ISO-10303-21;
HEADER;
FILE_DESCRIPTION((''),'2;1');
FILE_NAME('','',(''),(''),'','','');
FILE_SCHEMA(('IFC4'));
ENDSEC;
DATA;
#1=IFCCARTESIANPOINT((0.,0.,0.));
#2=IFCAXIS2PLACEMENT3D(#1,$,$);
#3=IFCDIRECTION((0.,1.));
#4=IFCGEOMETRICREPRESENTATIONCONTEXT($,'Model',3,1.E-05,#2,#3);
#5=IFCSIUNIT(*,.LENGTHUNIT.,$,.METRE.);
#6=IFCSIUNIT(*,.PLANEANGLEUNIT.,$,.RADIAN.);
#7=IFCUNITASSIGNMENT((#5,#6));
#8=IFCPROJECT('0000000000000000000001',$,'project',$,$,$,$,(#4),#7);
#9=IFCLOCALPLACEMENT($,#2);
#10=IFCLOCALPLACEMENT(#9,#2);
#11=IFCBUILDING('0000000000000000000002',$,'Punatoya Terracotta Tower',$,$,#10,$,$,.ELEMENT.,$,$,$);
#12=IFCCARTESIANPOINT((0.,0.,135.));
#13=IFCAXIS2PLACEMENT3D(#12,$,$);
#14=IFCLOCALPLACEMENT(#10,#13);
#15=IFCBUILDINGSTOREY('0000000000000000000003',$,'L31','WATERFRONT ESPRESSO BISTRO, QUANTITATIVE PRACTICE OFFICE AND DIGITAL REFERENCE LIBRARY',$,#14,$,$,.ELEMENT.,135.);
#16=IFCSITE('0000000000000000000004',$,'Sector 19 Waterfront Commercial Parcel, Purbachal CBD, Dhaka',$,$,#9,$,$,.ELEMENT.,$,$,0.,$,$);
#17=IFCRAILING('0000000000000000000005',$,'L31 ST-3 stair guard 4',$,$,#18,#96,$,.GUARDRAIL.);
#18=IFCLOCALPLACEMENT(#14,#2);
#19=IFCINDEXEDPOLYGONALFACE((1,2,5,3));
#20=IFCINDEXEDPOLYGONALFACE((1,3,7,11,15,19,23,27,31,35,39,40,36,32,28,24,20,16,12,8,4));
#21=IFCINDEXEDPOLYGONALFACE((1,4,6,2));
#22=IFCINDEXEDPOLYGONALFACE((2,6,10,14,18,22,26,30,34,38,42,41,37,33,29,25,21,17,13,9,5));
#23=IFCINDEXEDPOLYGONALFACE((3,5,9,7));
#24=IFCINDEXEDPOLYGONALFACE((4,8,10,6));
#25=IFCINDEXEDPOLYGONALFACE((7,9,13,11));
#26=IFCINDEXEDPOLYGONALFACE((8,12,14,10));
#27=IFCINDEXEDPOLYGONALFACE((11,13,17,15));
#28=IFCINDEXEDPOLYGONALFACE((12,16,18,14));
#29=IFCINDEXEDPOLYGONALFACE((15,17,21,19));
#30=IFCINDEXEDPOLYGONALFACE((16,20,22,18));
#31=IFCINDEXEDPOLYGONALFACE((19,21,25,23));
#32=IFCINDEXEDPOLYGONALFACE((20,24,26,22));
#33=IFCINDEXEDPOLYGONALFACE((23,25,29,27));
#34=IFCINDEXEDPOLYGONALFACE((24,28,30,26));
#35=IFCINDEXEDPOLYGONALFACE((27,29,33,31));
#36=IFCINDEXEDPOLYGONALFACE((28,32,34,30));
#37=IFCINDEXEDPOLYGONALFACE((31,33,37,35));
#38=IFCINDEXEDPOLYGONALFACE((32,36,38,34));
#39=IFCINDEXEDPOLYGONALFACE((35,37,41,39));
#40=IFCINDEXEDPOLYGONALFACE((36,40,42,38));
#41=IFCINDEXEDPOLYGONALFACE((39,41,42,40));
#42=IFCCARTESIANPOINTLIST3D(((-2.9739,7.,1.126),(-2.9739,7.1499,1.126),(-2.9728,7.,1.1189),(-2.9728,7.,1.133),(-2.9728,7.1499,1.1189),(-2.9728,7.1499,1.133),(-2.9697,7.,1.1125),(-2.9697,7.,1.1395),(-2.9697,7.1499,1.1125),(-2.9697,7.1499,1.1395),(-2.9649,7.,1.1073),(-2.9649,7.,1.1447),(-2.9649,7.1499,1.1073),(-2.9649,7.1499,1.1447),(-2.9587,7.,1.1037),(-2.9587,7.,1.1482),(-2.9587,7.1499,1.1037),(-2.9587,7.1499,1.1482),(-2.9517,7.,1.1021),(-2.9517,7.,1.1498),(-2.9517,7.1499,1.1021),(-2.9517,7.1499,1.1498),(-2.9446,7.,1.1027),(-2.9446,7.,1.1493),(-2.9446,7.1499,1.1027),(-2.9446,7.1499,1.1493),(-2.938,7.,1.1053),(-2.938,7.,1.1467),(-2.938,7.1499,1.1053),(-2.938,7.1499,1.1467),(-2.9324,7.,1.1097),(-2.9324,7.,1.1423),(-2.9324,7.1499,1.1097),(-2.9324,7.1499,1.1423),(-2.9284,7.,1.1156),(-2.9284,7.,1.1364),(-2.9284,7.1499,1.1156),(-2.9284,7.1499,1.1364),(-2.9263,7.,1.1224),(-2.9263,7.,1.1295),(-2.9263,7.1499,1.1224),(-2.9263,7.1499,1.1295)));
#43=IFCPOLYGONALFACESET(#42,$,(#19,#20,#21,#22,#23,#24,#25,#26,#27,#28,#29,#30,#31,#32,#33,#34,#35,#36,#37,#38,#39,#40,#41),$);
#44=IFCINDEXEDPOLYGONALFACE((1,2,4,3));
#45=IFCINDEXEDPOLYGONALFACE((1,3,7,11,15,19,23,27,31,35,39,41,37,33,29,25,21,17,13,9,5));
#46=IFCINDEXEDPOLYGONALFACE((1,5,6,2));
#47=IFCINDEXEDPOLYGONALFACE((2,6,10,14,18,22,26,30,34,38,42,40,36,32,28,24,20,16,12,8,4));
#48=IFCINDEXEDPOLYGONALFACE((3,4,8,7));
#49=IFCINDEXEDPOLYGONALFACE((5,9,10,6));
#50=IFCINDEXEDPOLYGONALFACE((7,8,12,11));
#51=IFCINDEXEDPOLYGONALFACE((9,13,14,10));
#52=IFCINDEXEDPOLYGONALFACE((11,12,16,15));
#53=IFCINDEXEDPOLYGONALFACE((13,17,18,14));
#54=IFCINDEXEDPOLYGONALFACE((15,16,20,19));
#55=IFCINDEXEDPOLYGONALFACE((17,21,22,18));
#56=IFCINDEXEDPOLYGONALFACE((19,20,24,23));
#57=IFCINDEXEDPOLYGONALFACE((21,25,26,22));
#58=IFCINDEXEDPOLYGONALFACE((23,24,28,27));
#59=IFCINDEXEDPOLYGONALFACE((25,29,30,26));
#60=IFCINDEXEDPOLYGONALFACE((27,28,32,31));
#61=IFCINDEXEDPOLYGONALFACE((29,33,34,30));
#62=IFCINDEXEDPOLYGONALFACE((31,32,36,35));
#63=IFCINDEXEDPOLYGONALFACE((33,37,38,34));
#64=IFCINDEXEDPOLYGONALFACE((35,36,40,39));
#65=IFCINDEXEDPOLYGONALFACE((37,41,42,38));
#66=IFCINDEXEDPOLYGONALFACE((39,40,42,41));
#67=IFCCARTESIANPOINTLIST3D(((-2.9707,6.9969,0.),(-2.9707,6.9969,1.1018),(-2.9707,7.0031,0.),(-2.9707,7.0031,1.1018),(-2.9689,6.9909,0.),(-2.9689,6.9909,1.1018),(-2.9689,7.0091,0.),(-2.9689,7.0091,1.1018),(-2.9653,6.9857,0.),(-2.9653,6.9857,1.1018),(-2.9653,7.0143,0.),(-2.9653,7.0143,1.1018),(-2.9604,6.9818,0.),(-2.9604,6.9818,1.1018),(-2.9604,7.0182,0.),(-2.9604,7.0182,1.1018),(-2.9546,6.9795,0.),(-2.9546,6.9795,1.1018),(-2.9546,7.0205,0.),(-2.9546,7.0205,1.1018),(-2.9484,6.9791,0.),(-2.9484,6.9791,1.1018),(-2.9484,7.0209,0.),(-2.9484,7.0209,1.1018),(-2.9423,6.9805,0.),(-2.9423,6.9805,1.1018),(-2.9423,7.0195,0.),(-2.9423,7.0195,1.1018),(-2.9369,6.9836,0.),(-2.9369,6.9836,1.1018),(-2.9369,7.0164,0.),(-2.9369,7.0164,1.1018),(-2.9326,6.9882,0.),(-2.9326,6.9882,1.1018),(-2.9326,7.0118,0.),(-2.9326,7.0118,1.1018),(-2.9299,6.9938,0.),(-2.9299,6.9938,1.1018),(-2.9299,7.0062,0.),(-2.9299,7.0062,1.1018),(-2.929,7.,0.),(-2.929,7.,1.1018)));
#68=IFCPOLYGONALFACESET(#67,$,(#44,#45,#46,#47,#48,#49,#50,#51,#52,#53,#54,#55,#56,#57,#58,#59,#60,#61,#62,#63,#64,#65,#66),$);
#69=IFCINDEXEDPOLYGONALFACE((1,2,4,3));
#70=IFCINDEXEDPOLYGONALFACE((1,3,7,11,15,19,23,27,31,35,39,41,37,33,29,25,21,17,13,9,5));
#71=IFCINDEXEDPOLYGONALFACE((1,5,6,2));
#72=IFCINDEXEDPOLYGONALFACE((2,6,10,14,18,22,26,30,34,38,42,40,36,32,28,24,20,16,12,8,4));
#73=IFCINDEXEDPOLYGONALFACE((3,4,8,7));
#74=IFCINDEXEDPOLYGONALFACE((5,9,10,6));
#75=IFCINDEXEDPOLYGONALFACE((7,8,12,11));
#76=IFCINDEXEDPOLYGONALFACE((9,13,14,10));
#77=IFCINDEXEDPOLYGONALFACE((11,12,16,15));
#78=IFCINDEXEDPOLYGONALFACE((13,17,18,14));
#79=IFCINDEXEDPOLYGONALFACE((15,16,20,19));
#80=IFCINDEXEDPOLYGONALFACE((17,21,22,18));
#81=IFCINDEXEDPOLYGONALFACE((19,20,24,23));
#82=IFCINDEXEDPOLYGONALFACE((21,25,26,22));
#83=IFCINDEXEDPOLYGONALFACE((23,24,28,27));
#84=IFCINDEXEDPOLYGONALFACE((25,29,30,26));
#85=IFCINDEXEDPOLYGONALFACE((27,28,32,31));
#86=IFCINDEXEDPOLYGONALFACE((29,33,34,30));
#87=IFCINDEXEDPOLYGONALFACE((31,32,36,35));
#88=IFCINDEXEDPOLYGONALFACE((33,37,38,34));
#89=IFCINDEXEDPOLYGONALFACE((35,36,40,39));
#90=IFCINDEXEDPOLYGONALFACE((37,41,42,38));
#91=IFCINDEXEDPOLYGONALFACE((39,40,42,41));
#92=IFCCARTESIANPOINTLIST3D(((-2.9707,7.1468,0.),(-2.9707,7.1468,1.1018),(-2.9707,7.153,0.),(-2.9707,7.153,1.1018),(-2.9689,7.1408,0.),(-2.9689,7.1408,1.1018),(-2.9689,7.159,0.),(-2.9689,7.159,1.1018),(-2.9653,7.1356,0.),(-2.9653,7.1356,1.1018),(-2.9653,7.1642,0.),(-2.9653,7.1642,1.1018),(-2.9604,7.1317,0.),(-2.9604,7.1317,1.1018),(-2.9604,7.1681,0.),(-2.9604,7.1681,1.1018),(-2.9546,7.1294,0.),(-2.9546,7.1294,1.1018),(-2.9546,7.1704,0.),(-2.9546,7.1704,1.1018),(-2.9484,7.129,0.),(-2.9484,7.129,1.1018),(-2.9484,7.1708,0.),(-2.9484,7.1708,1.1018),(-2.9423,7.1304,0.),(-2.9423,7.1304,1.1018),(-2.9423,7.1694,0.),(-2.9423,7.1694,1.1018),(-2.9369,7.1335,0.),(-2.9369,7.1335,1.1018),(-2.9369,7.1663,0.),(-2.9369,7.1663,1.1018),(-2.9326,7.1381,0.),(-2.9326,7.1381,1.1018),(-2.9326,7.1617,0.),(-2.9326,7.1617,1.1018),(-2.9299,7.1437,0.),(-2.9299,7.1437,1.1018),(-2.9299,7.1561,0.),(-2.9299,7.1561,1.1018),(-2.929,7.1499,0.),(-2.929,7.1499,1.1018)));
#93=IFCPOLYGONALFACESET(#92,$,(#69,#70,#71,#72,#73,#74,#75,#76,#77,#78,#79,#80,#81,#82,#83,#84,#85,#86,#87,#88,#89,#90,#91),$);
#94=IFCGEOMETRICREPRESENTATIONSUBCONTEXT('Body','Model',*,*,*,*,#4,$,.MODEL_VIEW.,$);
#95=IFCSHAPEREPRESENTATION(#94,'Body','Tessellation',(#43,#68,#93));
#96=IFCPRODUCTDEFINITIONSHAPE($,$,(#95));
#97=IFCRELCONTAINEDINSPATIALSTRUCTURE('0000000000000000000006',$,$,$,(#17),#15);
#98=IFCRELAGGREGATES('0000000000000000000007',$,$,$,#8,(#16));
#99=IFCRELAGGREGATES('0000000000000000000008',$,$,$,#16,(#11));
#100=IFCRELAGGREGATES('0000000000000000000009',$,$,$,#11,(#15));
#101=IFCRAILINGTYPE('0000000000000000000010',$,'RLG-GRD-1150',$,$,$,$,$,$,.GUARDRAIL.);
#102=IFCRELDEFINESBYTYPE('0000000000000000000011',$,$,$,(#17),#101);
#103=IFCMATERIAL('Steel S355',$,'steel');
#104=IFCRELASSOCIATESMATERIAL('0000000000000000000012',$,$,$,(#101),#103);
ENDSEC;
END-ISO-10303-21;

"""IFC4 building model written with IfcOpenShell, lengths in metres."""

from ifc_helpers import new_model, si_unit, direction, frame, origin, origin_2d, place, context, subcontext, project, spatial, circle, extrude, material, type_object, element, save


model = new_model("IFC4")

# Units and contexts
model_context = context("Model", 3, precision=1e-05, world=origin(), true_north=direction((0.0, 1.0)))
body_context = subcontext(model_context, "Body", "Model", "MODEL_VIEW")
ifc_project = project(units=[si_unit("LENGTHUNIT", "METRE"), si_unit("PLANEANGLEUNIT", "RADIAN")], contexts=[model_context])

# Site, building, storey
site_placement = place(None, origin())
site = spatial("IfcSite", under=ifc_project, at=site_placement, Name="Sector 19 Waterfront Commercial Parcel, Purbachal CBD, Dhaka", CompositionType="ELEMENT", RefElevation=0.0)
building_placement = place(site_placement, origin())
building = spatial("IfcBuilding", under=site, at=building_placement, Name="Punatoya Terracotta Tower", CompositionType="ELEMENT")
storey_placement = place(building_placement, frame((0.0, 0.0, 135.0)))
storey = spatial("IfcBuildingStorey", under=building, at=storey_placement, Name="L31", Description="WATERFRONT ESPRESSO BISTRO, QUANTITATIVE PRACTICE OFFICE AND DIGITAL REFERENCE LIBRARY", CompositionType="ELEMENT", Elevation=135.0)

# Shared definitions
ifc_material_1 = material(Name="Steel S355", Category="steel")

# Railing
railing_type = type_object("IfcRailingType", Name="RLG-GRD-1150", PredefinedType="GUARDRAIL", material=ifc_material_1)
railing_1_placement = place(storey_placement, frame((-2.95, 7.0, 0.0)))
element("IfcRailing", 1, at=railing_1_placement, inside=storey, type_object=railing_type, Name="L31 ST-3 stair guard 4", PredefinedType="GUARDRAIL", context=body_context, shape_type="SweptSolid", body=[
    extrude(circle(Radius=0.0239, at=origin_2d()), frame((0.0, 0.0, 1.126), z_axis=(0.0, 1.0, 0.0), x_axis=(-1.0, 0.0, 0.0)), (0.0, 0.0, 1.0), 0.1499),
    extrude(circle(Radius=0.021, at=origin_2d()), origin(), (0.0, 0.0, 1.0), 1.1018),
    extrude(circle(Radius=0.021, at=origin_2d()), frame((0.0, 0.1499, 0.0)), (0.0, 0.0, 1.0), 1.1018),
])

save(model, "model.ifc")
